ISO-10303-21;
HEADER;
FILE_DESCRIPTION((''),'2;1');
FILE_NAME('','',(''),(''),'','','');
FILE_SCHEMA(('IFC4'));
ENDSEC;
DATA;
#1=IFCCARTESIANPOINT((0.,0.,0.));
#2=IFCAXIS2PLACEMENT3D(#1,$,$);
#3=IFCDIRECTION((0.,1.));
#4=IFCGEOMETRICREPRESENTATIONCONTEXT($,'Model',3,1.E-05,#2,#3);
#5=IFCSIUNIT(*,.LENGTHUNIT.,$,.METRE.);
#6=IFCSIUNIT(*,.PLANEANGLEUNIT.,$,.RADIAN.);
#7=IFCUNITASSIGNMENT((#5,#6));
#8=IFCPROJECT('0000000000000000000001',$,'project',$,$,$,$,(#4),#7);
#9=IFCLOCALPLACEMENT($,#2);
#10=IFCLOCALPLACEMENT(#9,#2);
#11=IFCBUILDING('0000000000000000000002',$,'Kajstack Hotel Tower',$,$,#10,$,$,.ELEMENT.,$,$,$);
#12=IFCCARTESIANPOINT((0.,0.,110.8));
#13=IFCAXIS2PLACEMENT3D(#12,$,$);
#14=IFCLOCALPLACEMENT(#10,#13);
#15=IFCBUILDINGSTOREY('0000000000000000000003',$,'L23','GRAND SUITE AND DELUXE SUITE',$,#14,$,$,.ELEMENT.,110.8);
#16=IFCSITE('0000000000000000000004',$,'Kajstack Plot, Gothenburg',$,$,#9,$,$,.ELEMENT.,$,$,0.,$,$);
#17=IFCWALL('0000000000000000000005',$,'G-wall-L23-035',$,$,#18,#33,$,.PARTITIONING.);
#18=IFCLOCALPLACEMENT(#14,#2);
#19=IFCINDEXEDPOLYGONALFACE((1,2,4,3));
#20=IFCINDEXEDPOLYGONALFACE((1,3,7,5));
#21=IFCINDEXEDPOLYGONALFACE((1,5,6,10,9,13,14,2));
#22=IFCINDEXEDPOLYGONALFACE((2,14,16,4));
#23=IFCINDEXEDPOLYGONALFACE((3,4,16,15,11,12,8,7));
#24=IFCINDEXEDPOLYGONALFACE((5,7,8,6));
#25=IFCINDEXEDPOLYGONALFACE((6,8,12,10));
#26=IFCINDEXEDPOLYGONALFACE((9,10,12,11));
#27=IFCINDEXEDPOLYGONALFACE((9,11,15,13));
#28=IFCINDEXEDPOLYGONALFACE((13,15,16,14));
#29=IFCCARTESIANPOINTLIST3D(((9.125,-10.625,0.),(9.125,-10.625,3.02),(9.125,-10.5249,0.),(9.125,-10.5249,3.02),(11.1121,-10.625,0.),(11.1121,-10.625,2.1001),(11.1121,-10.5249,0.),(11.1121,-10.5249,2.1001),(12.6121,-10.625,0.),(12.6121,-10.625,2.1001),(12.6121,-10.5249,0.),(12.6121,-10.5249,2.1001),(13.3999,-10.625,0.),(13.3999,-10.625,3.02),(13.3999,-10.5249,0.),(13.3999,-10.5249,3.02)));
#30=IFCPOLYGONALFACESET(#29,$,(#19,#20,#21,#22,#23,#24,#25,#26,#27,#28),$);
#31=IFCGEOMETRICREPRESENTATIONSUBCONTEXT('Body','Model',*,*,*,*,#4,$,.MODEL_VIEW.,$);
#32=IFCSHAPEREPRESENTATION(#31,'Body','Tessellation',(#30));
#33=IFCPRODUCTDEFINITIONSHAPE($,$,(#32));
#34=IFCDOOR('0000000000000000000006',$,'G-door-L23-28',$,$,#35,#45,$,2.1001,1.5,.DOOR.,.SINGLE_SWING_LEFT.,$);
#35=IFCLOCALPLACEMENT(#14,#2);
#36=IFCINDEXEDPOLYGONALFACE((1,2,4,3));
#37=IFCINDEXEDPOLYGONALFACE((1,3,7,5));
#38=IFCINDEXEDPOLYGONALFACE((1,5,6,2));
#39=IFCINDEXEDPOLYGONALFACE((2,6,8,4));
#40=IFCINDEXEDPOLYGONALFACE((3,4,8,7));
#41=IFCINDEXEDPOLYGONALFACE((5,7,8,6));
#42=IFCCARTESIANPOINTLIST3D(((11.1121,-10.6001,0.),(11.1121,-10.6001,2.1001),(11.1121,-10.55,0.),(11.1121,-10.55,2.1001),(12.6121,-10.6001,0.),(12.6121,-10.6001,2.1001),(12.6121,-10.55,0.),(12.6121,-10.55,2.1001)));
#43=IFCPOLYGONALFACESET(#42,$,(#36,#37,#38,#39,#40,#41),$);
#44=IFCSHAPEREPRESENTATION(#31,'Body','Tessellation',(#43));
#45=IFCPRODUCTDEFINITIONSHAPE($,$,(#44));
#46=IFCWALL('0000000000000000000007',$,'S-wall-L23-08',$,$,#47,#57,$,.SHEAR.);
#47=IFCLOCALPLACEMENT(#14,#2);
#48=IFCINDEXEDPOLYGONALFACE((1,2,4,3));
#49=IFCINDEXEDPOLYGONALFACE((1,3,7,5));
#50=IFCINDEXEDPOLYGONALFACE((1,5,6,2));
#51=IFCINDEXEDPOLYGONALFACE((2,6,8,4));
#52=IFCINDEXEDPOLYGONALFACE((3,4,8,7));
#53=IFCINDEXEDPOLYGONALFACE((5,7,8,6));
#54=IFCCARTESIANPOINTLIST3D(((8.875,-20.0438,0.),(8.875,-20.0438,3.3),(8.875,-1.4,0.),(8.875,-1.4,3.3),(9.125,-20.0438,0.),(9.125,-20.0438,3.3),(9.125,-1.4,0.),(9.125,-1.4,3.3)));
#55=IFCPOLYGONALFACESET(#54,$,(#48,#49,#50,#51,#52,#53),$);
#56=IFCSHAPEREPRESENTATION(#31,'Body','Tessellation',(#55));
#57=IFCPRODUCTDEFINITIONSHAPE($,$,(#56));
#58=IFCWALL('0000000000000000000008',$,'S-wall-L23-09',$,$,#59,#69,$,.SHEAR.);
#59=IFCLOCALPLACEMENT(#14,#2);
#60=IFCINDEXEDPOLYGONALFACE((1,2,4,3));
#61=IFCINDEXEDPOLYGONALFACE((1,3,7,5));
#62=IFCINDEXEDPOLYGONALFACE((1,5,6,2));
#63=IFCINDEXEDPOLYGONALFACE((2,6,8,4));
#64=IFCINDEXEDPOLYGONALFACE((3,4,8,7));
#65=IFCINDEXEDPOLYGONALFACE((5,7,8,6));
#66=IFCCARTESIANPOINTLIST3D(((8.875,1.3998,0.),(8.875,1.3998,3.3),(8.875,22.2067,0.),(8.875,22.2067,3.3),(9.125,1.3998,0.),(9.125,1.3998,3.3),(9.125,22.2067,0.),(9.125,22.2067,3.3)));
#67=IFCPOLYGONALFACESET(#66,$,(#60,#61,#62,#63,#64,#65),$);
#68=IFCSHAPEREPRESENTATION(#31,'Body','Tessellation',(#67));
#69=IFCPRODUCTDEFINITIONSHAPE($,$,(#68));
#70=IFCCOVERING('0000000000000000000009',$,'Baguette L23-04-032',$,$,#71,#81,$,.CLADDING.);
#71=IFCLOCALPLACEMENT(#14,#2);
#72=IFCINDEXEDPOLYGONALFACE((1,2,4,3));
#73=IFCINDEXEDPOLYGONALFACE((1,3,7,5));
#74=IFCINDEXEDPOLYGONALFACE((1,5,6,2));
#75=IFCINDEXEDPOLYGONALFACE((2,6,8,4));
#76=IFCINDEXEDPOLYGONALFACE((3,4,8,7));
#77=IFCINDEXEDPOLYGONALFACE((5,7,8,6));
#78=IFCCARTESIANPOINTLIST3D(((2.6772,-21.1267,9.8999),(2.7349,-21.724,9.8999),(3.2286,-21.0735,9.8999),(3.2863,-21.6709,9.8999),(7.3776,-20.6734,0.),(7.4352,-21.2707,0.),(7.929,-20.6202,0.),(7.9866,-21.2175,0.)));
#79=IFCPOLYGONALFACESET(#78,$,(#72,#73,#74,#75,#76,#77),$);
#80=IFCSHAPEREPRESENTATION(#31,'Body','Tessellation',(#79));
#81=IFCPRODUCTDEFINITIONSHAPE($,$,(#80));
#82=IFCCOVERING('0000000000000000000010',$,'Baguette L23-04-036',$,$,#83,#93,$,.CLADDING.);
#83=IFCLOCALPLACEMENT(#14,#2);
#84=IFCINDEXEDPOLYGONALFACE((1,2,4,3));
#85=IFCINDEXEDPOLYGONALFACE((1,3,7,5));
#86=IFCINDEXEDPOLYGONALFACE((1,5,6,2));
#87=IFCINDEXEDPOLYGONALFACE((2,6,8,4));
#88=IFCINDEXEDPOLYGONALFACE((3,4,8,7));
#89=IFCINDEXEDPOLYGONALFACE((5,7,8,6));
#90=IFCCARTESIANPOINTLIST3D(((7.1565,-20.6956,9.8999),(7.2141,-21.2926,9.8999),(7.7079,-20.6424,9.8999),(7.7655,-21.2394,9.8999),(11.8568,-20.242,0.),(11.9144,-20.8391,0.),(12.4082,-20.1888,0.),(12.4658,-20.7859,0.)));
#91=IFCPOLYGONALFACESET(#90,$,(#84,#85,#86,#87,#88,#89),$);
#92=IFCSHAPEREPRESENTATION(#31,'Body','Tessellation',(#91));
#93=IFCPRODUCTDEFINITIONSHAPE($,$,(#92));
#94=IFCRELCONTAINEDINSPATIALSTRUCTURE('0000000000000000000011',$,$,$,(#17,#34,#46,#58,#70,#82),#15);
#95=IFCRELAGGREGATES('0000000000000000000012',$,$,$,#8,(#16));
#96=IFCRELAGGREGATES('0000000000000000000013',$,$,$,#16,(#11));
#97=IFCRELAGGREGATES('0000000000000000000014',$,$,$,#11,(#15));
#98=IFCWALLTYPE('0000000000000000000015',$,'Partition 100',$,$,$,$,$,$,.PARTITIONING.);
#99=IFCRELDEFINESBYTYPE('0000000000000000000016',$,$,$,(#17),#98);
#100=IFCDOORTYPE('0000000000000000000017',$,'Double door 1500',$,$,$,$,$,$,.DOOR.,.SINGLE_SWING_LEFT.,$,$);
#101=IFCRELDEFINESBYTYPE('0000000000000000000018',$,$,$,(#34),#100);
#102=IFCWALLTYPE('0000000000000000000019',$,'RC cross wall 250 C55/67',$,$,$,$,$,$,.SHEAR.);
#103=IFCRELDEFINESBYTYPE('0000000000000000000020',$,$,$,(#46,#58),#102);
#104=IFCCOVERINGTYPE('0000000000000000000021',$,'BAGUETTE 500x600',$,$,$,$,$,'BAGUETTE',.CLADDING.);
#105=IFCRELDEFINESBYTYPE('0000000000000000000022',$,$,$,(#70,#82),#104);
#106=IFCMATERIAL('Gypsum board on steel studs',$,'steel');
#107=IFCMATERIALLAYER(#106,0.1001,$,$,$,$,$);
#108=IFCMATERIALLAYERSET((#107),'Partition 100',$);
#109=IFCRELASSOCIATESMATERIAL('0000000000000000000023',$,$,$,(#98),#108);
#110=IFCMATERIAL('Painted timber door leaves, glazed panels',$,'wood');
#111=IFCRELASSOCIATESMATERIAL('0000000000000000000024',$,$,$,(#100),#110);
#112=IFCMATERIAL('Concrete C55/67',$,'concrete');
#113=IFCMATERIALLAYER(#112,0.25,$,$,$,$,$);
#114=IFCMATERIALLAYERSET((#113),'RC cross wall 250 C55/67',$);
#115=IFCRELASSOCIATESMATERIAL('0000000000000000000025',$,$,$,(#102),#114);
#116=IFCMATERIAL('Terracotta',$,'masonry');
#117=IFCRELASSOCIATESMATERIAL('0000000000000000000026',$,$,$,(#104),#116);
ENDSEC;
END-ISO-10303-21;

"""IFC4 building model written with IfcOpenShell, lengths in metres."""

from ifc_helpers import new_model, si_unit, direction, frame, frame_2d, origin, origin_2d, place, context, subcontext, project, spatial, polyline, rectangle, outline, extrude, material, layer, layer_set, material_profile, profile_set, type_object, element, fill, save


model = new_model("IFC4")

# Units and contexts
model_context = context("Model", 3, precision=1e-05, world=origin(), true_north=direction((0.0, 1.0)))
body_context = subcontext(model_context, "Body", "Model", "MODEL_VIEW")
ifc_project = project(units=[si_unit("LENGTHUNIT", "METRE"), si_unit("PLANEANGLEUNIT", "RADIAN")], contexts=[model_context])

# Site, building, storey
site_placement = place(None, origin())
site = spatial("IfcSite", under=ifc_project, at=site_placement, Name="Kajstack Plot, Gothenburg", CompositionType="ELEMENT", RefElevation=0.0)
building_placement = place(site_placement, origin())
building = spatial("IfcBuilding", under=site, at=building_placement, Name="Kajstack Hotel Tower", CompositionType="ELEMENT")
storey_placement = place(building_placement, frame((0.0, 0.0, 110.8)))
storey = spatial("IfcBuildingStorey", under=building, at=storey_placement, Name="L23", Description="GRAND SUITE AND DELUXE SUITE", CompositionType="ELEMENT", Elevation=110.8)

# Wall, opening, door
ifc_material_1 = material(Name="Gypsum board on steel studs", Category="steel")
ifc_layer_1 = layer(ifc_material_1, 0.1001)
ifc_layer_set_1 = layer_set([ifc_layer_1], Name="Partition 100")
wall_type_1 = type_object("IfcWallType", Name="Partition 100", PredefinedType="PARTITIONING", material=ifc_layer_set_1)
wall_1_placement = place(storey_placement, frame((9.125, -10.575, 0.0), z_axis=(0.0, 0.0, 1.0), x_axis=(1.0, 0.0, 0.0)))
wall_1 = element("IfcWall", 1, at=wall_1_placement, inside=storey, type_object=wall_type_1, Name="G-wall-L23-035", PredefinedType="PARTITIONING", context=body_context, shape_type="SweptSolid", body=[
    extrude(rectangle(XDim=4.2749, YDim=0.1001, at=frame_2d((2.1375, 0.0))), origin(), (0.0, 0.0, 1.0), 3.02),
])
opening_1_placement = place(wall_1_placement, frame((1.9871, 0.0, 0.0)))
opening_1 = element("IfcOpeningElement", 2, at=opening_1_placement, cuts=wall_1, PredefinedType="OPENING", context=body_context, shape_type="SweptSolid", body=[
    extrude(rectangle(XDim=1.5, YDim=2.1001, at=frame_2d((0.75, 1.05))), frame((0.0, 0.0601, 0.0), z_axis=(0.0, -1.0, 0.0), x_axis=(1.0, 0.0, 0.0)), (0.0, 0.0, 1.0), 0.1201),
])
ifc_material_2 = material(Name="Painted timber door leaves, glazed panels", Category="wood")
door_type_1 = type_object("IfcDoorType", Name="Double door 1500", OperationType="SINGLE_SWING_LEFT", PredefinedType="DOOR", material=ifc_material_2)
door_1_placement = place(opening_1_placement, origin())
door_1 = element("IfcDoor", 3, at=door_1_placement, inside=storey, type_object=door_type_1, Name="G-door-L23-28", OperationType="SINGLE_SWING_LEFT", OverallHeight=2.1001, OverallWidth=1.5, PredefinedType="DOOR", context=body_context, shape_type="SweptSolid", body=[
    extrude(rectangle(XDim=1.5, YDim=2.1001, at=frame_2d((0.75, 1.05))), frame((0.0, 0.0249, 0.0), z_axis=(0.0, -1.0, 0.0), x_axis=(1.0, 0.0, 0.0)), (0.0, 0.0, 1.0), 0.05),
])
fill(opening_1, door_1)

# Walls
ifc_material_3 = material(Name="Concrete C55/67", Category="concrete")
ifc_layer_2 = layer(ifc_material_3, 0.25)
ifc_layer_set_2 = layer_set([ifc_layer_2], Name="RC cross wall 250 C55/67")
wall_type_2 = type_object("IfcWallType", Name="RC cross wall 250 C55/67", PredefinedType="SHEAR", material=ifc_layer_set_2)
wall_2_placement = place(storey_placement, frame((9.0, -20.0437, 0.0), z_axis=(0.0, 0.0, 1.0), x_axis=(0.0, 1.0, 0.0)))
element("IfcWall", 4, at=wall_2_placement, inside=storey, type_object=wall_type_2, Name="S-wall-L23-08", PredefinedType="SHEAR", context=body_context, shape_type="SweptSolid", body=[
    extrude(rectangle(XDim=18.6438, YDim=0.25, at=frame_2d((9.3218, 0.0))), origin(), (0.0, 0.0, 1.0), 3.3),
])
wall_3_placement = place(storey_placement, frame((9.0, 1.3999, 0.0), z_axis=(0.0, 0.0, 1.0), x_axis=(0.0, 1.0, 0.0)))
element("IfcWall", 5, at=wall_3_placement, inside=storey, type_object=wall_type_2, Name="S-wall-L23-09", PredefinedType="SHEAR", context=body_context, shape_type="SweptSolid", body=[
    extrude(rectangle(XDim=20.8069, YDim=0.25, at=frame_2d((10.4033, 0.0))), origin(), (0.0, 0.0, 1.0), 3.3),
])

# Coverings
ifc_material_4 = material(Name="Terracotta", Category="masonry")
ifc_material_profile = material_profile(ifc_material_4, rectangle(XDim=0.6001, YDim=0.5, at=origin_2d()), Name="Terracotta-clad concrete baguette 500 x 600")
ifc_profile_set = profile_set([ifc_material_profile], Name="Terracotta")
covering_type = type_object("IfcCoveringType", Name="BAGUETTE 500x600", ElementType="BAGUETTE", PredefinedType="CLADDING", material=ifc_profile_set)
covering_1_placement = place(storey_placement, frame((2.6772, -21.1267, 0.0), z_axis=(0.095999, -0.995381, 0.0), x_axis=(0.995381, 0.095999, 0.0)))
element("IfcCovering", 6, at=covering_1_placement, inside=storey, type_object=covering_type, Name="Baguette L23-04-032", PredefinedType="CLADDING", context=body_context, shape_type="SweptSolid", body=[
    extrude(outline(polyline([(0.0, 9.8999), (4.7222, 0.0), (5.2761, 0.0), (0.554, 9.8999), (0.0, 9.8999)])), origin(), (0.0, 0.0, 1.0), 0.6001),
])
covering_2_placement = place(storey_placement, frame((7.1565, -20.6956, 0.0), z_axis=(0.096038, -0.995378, 0.0), x_axis=(0.995378, 0.096038, 0.0)))
element("IfcCovering", 7, at=covering_2_placement, inside=storey, type_object=covering_type, Name="Baguette L23-04-036", PredefinedType="CLADDING", context=body_context, shape_type="SweptSolid", body=[
    extrude(outline(polyline([(0.0, 9.8999), (4.7222, 0.0), (5.2761, 0.0), (0.554, 9.8999), (0.0, 9.8999)])), origin(), (0.0, 0.0, 1.0), 0.5999),
])

save(model, "model.ifc")
